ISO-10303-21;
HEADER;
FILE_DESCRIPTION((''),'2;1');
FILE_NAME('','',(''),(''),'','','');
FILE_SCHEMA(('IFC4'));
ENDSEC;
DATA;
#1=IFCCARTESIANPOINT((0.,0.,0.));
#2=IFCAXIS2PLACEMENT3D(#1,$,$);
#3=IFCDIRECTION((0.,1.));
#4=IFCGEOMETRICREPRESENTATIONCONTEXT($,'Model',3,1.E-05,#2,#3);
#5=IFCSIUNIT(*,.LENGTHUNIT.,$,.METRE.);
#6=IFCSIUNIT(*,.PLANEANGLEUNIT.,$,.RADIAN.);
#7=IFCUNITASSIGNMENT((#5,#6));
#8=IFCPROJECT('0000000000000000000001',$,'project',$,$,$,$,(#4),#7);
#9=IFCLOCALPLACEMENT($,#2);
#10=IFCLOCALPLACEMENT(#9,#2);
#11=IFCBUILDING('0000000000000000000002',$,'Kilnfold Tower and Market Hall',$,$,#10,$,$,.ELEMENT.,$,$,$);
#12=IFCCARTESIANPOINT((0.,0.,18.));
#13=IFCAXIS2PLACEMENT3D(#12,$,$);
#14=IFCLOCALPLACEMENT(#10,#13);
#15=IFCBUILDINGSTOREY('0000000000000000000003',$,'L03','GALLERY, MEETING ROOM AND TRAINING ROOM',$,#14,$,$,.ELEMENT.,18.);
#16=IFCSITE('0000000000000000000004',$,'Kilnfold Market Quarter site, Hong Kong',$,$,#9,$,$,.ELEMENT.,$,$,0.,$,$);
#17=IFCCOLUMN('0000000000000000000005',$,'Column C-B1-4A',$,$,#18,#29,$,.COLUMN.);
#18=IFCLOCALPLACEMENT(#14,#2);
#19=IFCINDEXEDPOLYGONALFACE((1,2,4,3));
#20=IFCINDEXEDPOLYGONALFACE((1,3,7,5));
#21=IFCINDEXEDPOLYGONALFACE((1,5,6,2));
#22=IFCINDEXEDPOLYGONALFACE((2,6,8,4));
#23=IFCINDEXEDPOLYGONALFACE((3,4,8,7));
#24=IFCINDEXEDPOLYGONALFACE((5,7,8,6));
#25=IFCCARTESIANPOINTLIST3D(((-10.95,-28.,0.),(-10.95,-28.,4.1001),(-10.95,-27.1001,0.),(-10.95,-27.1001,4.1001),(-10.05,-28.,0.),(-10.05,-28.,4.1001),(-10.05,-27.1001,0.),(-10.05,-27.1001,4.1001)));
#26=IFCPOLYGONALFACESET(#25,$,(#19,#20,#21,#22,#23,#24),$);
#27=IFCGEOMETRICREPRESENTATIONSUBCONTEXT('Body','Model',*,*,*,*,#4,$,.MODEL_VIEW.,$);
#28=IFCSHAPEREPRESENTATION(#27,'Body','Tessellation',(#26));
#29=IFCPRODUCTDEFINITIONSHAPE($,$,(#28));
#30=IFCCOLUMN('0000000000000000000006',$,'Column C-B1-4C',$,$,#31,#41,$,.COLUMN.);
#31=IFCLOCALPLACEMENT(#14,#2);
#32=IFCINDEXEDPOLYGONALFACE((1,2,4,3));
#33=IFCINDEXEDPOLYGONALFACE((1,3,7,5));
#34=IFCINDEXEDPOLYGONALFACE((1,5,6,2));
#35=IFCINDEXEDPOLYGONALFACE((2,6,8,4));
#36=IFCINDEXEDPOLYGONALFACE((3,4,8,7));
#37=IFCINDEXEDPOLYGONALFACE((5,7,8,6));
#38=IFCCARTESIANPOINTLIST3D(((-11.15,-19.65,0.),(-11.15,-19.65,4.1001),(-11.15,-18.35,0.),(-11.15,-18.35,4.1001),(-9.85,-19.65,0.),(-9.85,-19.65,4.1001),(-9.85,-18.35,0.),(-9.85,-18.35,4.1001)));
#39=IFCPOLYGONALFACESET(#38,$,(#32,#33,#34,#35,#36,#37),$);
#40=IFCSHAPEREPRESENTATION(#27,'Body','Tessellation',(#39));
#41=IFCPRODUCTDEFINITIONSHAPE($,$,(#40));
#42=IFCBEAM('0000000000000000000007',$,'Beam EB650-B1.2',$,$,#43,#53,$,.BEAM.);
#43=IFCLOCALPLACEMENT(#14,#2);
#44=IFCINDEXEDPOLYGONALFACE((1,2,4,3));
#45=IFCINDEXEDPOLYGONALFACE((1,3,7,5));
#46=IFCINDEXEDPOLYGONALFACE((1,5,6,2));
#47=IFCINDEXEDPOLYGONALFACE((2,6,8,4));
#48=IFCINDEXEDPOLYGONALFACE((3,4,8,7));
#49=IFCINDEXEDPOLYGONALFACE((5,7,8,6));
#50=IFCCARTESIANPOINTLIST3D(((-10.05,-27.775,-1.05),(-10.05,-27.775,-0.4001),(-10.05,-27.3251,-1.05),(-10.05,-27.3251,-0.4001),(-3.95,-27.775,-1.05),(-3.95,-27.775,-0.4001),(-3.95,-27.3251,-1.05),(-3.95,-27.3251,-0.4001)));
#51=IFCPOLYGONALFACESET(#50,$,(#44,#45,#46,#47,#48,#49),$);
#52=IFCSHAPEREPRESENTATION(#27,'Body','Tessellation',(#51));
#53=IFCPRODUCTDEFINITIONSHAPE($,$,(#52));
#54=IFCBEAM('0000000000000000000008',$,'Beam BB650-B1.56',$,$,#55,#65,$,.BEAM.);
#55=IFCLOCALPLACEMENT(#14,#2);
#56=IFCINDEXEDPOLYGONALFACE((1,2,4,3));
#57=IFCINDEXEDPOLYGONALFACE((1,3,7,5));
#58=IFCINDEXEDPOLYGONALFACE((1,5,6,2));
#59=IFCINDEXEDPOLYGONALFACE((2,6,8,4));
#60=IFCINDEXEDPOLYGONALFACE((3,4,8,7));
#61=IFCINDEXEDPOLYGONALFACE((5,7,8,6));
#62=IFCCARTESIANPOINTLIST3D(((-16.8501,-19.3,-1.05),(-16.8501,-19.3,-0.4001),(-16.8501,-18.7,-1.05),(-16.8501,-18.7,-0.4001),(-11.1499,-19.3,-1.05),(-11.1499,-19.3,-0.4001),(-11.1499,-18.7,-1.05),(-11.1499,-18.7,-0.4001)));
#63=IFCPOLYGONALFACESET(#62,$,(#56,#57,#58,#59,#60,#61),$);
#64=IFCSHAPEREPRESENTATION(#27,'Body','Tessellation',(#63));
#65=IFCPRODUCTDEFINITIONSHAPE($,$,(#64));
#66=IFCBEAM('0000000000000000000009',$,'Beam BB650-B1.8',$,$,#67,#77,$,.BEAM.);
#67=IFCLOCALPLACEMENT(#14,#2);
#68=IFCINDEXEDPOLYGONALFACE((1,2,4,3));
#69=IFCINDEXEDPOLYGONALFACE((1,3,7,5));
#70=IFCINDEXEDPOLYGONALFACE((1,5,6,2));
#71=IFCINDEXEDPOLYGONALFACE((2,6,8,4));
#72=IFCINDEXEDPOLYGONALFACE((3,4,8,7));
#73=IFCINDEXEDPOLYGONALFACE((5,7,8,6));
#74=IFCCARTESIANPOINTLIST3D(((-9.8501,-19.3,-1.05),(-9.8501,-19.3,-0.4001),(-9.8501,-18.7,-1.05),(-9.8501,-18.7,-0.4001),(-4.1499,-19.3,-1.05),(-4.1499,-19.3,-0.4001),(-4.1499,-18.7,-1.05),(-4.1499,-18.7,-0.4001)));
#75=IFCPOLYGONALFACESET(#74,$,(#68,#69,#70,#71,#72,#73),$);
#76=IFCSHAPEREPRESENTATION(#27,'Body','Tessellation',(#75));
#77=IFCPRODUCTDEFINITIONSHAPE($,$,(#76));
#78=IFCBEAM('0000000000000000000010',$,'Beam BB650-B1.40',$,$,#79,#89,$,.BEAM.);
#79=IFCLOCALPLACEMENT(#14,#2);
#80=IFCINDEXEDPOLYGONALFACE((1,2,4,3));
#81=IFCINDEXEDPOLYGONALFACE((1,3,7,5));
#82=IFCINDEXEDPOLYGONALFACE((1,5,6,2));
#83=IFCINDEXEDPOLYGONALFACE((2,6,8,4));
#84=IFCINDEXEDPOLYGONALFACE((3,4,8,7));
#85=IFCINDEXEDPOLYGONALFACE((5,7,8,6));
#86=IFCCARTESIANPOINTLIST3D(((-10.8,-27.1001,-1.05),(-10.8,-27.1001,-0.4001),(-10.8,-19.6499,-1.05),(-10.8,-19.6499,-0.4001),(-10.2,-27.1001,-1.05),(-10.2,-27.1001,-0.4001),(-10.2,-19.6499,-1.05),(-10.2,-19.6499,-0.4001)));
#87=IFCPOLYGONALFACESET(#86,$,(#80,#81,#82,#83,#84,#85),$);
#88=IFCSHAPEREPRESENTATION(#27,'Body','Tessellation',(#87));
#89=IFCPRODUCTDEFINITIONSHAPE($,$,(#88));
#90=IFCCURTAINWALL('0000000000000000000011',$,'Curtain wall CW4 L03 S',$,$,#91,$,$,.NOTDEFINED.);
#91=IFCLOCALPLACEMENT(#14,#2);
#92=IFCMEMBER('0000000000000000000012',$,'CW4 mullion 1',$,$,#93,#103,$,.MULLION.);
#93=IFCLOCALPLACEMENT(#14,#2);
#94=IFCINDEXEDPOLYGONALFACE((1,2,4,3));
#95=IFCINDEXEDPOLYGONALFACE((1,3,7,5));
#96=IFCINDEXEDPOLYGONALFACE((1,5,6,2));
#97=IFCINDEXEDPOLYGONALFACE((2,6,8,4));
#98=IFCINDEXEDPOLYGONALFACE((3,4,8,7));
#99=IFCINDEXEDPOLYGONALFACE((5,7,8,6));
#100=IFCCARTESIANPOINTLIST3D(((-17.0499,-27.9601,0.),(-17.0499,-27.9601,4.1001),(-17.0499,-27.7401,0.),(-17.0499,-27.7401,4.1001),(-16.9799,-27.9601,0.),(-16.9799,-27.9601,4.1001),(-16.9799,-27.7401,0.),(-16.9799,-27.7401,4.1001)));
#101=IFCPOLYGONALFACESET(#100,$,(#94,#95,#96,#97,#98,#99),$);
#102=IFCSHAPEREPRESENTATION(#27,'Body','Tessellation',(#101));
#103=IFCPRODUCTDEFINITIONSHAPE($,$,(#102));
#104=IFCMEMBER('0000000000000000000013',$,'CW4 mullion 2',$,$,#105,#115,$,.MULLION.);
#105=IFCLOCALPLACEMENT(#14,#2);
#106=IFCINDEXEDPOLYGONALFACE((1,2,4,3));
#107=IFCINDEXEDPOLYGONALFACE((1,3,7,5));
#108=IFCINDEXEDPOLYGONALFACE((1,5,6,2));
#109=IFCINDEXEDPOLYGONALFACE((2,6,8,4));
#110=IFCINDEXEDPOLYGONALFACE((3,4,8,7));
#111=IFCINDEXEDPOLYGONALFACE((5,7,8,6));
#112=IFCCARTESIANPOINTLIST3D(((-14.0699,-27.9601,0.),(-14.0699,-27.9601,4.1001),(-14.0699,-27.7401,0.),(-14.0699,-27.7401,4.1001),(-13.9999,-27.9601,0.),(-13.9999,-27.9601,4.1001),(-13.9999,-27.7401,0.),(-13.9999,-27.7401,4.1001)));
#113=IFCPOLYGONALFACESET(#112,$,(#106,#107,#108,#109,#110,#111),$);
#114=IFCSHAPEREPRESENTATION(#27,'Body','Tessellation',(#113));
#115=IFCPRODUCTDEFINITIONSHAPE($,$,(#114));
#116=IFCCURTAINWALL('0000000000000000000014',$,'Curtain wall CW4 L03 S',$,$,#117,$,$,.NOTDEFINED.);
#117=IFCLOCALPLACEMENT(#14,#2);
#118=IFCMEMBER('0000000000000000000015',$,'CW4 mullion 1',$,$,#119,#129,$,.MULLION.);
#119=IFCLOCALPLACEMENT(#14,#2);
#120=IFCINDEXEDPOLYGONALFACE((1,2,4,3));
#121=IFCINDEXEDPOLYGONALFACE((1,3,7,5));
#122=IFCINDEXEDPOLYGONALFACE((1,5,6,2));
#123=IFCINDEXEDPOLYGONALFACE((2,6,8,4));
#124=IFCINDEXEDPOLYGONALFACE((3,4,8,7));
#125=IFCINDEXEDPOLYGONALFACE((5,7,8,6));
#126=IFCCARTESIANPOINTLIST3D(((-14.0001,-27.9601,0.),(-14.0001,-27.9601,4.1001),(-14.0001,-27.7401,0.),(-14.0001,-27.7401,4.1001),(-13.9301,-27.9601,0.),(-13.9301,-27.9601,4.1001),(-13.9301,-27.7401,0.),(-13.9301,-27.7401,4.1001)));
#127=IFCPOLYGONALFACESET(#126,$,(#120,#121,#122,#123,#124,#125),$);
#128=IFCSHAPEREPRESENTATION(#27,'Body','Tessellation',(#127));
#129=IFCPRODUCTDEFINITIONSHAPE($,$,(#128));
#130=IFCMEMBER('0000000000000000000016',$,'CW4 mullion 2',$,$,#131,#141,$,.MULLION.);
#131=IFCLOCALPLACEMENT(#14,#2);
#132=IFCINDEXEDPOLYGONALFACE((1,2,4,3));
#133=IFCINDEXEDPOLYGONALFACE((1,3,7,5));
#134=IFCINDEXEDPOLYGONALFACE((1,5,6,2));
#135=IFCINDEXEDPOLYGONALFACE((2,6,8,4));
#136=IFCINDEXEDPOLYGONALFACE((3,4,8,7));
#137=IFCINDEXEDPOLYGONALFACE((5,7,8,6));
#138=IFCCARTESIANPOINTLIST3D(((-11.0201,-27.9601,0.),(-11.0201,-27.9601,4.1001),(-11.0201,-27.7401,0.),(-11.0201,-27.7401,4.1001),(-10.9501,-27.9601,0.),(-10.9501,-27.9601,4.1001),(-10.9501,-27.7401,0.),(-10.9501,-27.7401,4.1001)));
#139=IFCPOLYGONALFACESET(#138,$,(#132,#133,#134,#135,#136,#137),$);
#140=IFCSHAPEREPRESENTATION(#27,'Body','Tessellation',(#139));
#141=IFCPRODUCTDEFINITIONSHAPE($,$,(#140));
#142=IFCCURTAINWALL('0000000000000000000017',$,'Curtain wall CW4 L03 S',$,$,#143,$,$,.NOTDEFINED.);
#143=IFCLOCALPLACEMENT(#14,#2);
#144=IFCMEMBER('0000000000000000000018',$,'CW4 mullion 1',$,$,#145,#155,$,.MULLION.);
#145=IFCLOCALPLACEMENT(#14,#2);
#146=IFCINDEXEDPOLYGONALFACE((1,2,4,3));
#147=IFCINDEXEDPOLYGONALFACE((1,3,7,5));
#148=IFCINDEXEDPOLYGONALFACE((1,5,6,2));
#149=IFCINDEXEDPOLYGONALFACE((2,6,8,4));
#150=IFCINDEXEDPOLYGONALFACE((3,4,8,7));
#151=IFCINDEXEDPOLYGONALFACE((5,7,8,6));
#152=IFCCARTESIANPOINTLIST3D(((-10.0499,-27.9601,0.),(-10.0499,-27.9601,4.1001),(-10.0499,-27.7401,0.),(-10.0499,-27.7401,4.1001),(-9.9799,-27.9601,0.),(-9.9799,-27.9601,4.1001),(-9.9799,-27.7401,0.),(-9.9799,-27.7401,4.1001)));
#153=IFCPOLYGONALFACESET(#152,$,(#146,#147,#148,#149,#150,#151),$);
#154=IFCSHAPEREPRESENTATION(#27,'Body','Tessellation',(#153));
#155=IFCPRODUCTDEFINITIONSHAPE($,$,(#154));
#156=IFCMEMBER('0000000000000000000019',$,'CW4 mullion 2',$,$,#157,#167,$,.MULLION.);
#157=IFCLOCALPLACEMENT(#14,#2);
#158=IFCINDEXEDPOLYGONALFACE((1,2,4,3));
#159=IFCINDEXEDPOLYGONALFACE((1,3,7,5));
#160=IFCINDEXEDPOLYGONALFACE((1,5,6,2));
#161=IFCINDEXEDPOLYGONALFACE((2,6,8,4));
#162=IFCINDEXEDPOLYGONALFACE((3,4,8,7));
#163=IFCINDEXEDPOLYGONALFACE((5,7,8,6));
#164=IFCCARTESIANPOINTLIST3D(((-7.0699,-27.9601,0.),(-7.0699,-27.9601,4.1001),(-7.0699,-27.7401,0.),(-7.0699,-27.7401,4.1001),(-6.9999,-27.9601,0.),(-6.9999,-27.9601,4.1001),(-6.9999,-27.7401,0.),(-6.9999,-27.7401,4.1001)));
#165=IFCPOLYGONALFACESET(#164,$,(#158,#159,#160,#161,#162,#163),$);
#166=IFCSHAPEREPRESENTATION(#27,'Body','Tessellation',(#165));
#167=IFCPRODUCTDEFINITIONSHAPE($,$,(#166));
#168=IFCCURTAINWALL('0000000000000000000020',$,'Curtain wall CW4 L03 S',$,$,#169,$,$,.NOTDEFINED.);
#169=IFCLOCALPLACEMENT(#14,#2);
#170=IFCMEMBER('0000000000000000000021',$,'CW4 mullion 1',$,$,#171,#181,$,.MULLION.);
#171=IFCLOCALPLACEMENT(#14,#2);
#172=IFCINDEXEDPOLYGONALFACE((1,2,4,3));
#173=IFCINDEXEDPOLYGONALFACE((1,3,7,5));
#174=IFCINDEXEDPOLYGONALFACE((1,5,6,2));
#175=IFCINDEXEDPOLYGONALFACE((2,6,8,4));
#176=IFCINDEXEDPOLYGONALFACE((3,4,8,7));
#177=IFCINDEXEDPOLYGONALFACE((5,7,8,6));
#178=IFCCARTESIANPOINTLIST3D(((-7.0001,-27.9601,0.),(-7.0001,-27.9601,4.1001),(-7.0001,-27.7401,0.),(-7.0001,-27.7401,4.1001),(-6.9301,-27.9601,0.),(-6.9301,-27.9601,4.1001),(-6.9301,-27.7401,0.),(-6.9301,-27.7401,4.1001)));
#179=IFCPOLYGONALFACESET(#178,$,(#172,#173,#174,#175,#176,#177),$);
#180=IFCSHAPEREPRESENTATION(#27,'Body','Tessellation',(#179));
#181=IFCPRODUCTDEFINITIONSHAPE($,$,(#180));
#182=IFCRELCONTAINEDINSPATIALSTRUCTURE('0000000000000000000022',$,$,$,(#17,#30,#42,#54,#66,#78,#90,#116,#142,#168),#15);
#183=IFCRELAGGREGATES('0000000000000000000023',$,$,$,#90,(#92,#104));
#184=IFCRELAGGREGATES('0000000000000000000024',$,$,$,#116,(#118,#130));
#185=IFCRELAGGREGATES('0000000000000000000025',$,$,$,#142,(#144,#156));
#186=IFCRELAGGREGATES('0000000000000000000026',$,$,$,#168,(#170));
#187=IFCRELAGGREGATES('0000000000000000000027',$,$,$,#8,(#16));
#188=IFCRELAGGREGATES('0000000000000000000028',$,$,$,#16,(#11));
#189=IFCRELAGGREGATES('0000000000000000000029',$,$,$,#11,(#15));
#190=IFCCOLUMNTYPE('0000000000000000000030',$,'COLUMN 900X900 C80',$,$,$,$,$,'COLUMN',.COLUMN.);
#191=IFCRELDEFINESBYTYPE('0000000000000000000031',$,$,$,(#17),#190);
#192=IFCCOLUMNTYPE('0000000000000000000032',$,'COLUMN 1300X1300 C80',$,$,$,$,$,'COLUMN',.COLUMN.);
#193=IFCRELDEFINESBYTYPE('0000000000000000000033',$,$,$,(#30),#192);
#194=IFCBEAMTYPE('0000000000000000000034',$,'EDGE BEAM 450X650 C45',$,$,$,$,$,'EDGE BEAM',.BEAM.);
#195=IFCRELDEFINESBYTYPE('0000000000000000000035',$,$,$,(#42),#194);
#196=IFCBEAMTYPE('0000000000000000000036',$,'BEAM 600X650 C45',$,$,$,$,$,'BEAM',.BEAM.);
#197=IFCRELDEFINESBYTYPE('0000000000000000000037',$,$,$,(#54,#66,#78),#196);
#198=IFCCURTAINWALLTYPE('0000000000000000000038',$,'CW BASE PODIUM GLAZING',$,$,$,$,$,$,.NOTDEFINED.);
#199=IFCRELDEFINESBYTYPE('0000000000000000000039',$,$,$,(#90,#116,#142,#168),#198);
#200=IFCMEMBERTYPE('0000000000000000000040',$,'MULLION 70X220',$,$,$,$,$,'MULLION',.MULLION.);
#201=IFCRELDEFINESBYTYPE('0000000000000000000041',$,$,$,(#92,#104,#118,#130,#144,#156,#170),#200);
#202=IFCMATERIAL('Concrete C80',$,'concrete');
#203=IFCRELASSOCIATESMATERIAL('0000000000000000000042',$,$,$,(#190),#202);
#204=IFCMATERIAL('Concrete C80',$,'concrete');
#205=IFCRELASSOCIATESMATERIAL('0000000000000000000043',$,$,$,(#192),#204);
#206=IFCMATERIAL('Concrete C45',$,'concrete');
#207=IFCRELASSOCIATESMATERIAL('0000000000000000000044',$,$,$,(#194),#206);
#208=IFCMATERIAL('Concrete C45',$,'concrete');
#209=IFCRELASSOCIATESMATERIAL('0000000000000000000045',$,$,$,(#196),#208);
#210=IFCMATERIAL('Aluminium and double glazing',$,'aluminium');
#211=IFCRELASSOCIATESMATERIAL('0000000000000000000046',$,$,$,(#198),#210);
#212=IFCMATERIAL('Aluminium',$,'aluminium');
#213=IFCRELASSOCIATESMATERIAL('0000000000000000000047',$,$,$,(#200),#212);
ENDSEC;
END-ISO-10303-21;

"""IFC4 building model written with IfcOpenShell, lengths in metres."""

from ifc_helpers import new_model, si_unit, direction, frame, origin, origin_2d, place, context, subcontext, project, spatial, rectangle, extrude, source, transform, mapped, material, material_profile, profile_set, type_object, element, aggregate, save


model = new_model("IFC4")

# Units and contexts
model_context = context("Model", 3, precision=1e-05, world=origin(), true_north=direction((0.0, 1.0)))
body_context = subcontext(model_context, "Body", "Model", "MODEL_VIEW")
ifc_project = project(units=[si_unit("LENGTHUNIT", "METRE"), si_unit("PLANEANGLEUNIT", "RADIAN")], contexts=[model_context])

# Site, building, storey
site_placement = place(None, origin())
site = spatial("IfcSite", under=ifc_project, at=site_placement, Name="Kilnfold Market Quarter site, Hong Kong", CompositionType="ELEMENT", RefElevation=0.0)
building_placement = place(site_placement, origin())
building = spatial("IfcBuilding", under=site, at=building_placement, Name="Kilnfold Tower and Market Hall", CompositionType="ELEMENT")
storey_placement = place(building_placement, frame((0.0, 0.0, 18.0)))
storey = spatial("IfcBuildingStorey", under=building, at=storey_placement, Name="L03", Description="GALLERY, MEETING ROOM AND TRAINING ROOM", CompositionType="ELEMENT", Elevation=18.0)

# Columns
ifc_material_1 = material(Name="Concrete C80", Category="concrete")
ifc_material_profile_1 = material_profile(ifc_material_1, rectangle(XDim=0.8999, YDim=0.8999, at=origin_2d()), Name="RC 900x900")
ifc_profile_set_1 = profile_set([ifc_material_profile_1], Name="Concrete C80")
column_type_1 = type_object("IfcColumnType", Name="COLUMN 900X900 C80", ElementType="COLUMN", PredefinedType="COLUMN", material=ifc_profile_set_1)
shared_shape_1 = source(origin(), body_context, "Body", "SweptSolid", [
    extrude(rectangle(XDim=0.8999, YDim=0.8999, at=origin_2d()), origin(), (0.0, 0.0, 1.0), 4.1001),
])
column_1_placement = place(storey_placement, frame((-10.5, -27.55, 0.0), z_axis=(0.0, 0.0, 1.0), x_axis=(1.0, 0.0, 0.0)))
element("IfcColumn", 1, at=column_1_placement, inside=storey, type_object=column_type_1, Name="Column C-B1-4A", PredefinedType="COLUMN", context=body_context, shape_type="MappedRepresentation", body=[
    mapped(shared_shape_1, transform((0.0, 0.0, 0.0))),
])
ifc_material_2 = material(Name="Concrete C80", Category="concrete")
ifc_material_profile_2 = material_profile(ifc_material_2, rectangle(XDim=1.3, YDim=1.3, at=origin_2d()), Name="RC 1300x1300")
ifc_profile_set_2 = profile_set([ifc_material_profile_2], Name="Concrete C80")
column_type_2 = type_object("IfcColumnType", Name="COLUMN 1300X1300 C80", ElementType="COLUMN", PredefinedType="COLUMN", material=ifc_profile_set_2)
shared_shape_2 = source(origin(), body_context, "Body", "SweptSolid", [
    extrude(rectangle(XDim=1.3, YDim=1.3, at=origin_2d()), origin(), (0.0, 0.0, 1.0), 4.1001),
])
column_2_placement = place(storey_placement, frame((-10.5, -19.0, 0.0), z_axis=(0.0, 0.0, 1.0), x_axis=(1.0, 0.0, 0.0)))
element("IfcColumn", 2, at=column_2_placement, inside=storey, type_object=column_type_2, Name="Column C-B1-4C", PredefinedType="COLUMN", context=body_context, shape_type="MappedRepresentation", body=[
    mapped(shared_shape_2, transform((0.0, 0.0, 0.0))),
])

# Beams
ifc_material_3 = material(Name="Concrete C45", Category="concrete")
ifc_material_profile_3 = material_profile(ifc_material_3, rectangle(XDim=0.45, YDim=0.6499, at=origin_2d()), Name="RC 450x650")
ifc_profile_set_3 = profile_set([ifc_material_profile_3], Name="Concrete C45")
beam_type_1 = type_object("IfcBeamType", Name="EDGE BEAM 450X650 C45", ElementType="EDGE BEAM", PredefinedType="BEAM", material=ifc_profile_set_3)
shared_shape_3 = source(origin(), body_context, "Body", "SweptSolid", [
    extrude(rectangle(XDim=0.45, YDim=0.6499, at=origin_2d()), origin(), (0.0, 0.0, 1.0), 6.1001),
])
beam_1_placement = place(storey_placement, frame((-10.05, -27.55, -0.7251), z_axis=(1.0, 0.0, 0.0), x_axis=(0.0, 1.0, 0.0)))
element("IfcBeam", 3, at=beam_1_placement, inside=storey, type_object=beam_type_1, Name="Beam EB650-B1.2", PredefinedType="BEAM", context=body_context, shape_type="MappedRepresentation", body=[
    mapped(shared_shape_3, transform((0.0, 0.0, 0.0))),
])
ifc_material_4 = material(Name="Concrete C45", Category="concrete")
ifc_material_profile_4 = material_profile(ifc_material_4, rectangle(XDim=0.6001, YDim=0.6499, at=origin_2d()), Name="RC 600x650")
ifc_profile_set_4 = profile_set([ifc_material_profile_4], Name="Concrete C45")
beam_type_2 = type_object("IfcBeamType", Name="BEAM 600X650 C45", ElementType="BEAM", PredefinedType="BEAM", material=ifc_profile_set_4)
shared_shape_4 = source(origin(), body_context, "Body", "SweptSolid", [
    extrude(rectangle(XDim=0.6001, YDim=0.6499, at=origin_2d()), origin(), (0.0, 0.0, 1.0), 5.7002),
])
for number, where, z_axis, x_axis, name in (
    (4, (-16.8501, -19.0, -0.7251), (1.0, 0.0, 0.0), (0.0, 1.0, 0.0), "Beam BB650-B1.56"),
    (5, (-9.8501, -19.0, -0.7251), (1.0, 0.0, 0.0), (0.0, 1.0, 0.0), "Beam BB650-B1.8"),
):
    element("IfcBeam", number, at=place(storey_placement, frame(where, z_axis=z_axis, x_axis=x_axis)), inside=storey, type_object=beam_type_2, Name=name, PredefinedType="BEAM", context=body_context, shape_type="MappedRepresentation", body=[
        mapped(shared_shape_4, transform((0.0, 0.0, 0.0))),
    ])
shared_shape_5 = source(origin(), body_context, "Body", "SweptSolid", [
    extrude(rectangle(XDim=0.6001, YDim=0.6499, at=origin_2d()), origin(), (0.0, 0.0, 1.0), 7.4502),
])
beam_2_placement = place(storey_placement, frame((-10.5, -27.1001, -0.7251), z_axis=(0.0, 1.0, 0.0), x_axis=(-1.0, 0.0, 0.0)))
element("IfcBeam", 6, at=beam_2_placement, inside=storey, type_object=beam_type_2, Name="Beam BB650-B1.40", PredefinedType="BEAM", context=body_context, shape_type="MappedRepresentation", body=[
    mapped(shared_shape_5, transform((0.0, 0.0, 0.0))),
])

# Curtain walls, members
ifc_material_5 = material(Name="Aluminium and double glazing", Category="aluminium")
curtain_wall_type = type_object("IfcCurtainWallType", Name="CW BASE PODIUM GLAZING", PredefinedType="NOTDEFINED", material=ifc_material_5)
curtain_wall_1_placement = place(storey_placement, origin())
curtain_wall_1 = element("IfcCurtainWall", 7, at=curtain_wall_1_placement, inside=storey, type_object=curtain_wall_type, Name="Curtain wall CW4 L03 S", PredefinedType="NOTDEFINED")
ifc_material_6 = material(Name="Aluminium", Category="aluminium")
ifc_material_profile_5 = material_profile(ifc_material_6, rectangle(XDim=0.0701, YDim=0.22, at=origin_2d()), Name="MULLION 70x220")
ifc_profile_set_5 = profile_set([ifc_material_profile_5], Name="Aluminium")
member_type_1 = type_object("IfcMemberType", Name="MULLION 70X220", ElementType="MULLION", PredefinedType="MULLION", material=ifc_profile_set_5)
shared_shape_6 = source(origin(), body_context, "Body", "SweptSolid", [
    extrude(rectangle(XDim=0.0701, YDim=0.22, at=origin_2d()), origin(), (0.0, 0.0, 1.0), 4.1001),
])
member_1_placement = place(storey_placement, frame((-17.0149, -27.8501, 0.0), z_axis=(0.0, 0.0, 1.0), x_axis=(1.0, 0.0, 0.0)))
member_1 = element("IfcMember", 8, at=member_1_placement, type_object=member_type_1, Name="CW4 mullion 1", PredefinedType="MULLION", context=body_context, shape_type="MappedRepresentation", body=[
    mapped(shared_shape_6, transform((0.0, 0.0, 0.0))),
])
member_2_placement = place(storey_placement, frame((-14.0349, -27.8501, 0.0), z_axis=(0.0, 0.0, 1.0), x_axis=(1.0, 0.0, 0.0)))
member_2 = element("IfcMember", 9, at=member_2_placement, type_object=member_type_1, Name="CW4 mullion 2", PredefinedType="MULLION", context=body_context, shape_type="MappedRepresentation", body=[
    mapped(shared_shape_6, transform((0.0, 0.0, 0.0))),
])
curtain_wall_2_placement = place(storey_placement, origin())
curtain_wall_2 = element("IfcCurtainWall", 10, at=curtain_wall_2_placement, inside=storey, type_object=curtain_wall_type, Name="Curtain wall CW4 L03 S", PredefinedType="NOTDEFINED")
member_3_placement = place(storey_placement, frame((-13.9651, -27.8501, 0.0), z_axis=(0.0, 0.0, 1.0), x_axis=(1.0, 0.0, 0.0)))
member_3 = element("IfcMember", 11, at=member_3_placement, type_object=member_type_1, Name="CW4 mullion 1", PredefinedType="MULLION", context=body_context, shape_type="MappedRepresentation", body=[
    mapped(shared_shape_6, transform((0.0, 0.0, 0.0))),
])
member_4_placement = place(storey_placement, frame((-10.9851, -27.8501, 0.0), z_axis=(0.0, 0.0, 1.0), x_axis=(1.0, 0.0, 0.0)))
member_4 = element("IfcMember", 12, at=member_4_placement, type_object=member_type_1, Name="CW4 mullion 2", PredefinedType="MULLION", context=body_context, shape_type="MappedRepresentation", body=[
    mapped(shared_shape_6, transform((0.0, 0.0, 0.0))),
])
curtain_wall_3_placement = place(storey_placement, origin())
curtain_wall_3 = element("IfcCurtainWall", 13, at=curtain_wall_3_placement, inside=storey, type_object=curtain_wall_type, Name="Curtain wall CW4 L03 S", PredefinedType="NOTDEFINED")
member_5_placement = place(storey_placement, frame((-10.0149, -27.8501, 0.0), z_axis=(0.0, 0.0, 1.0), x_axis=(1.0, 0.0, 0.0)))
member_5 = element("IfcMember", 14, at=member_5_placement, type_object=member_type_1, Name="CW4 mullion 1", PredefinedType="MULLION", context=body_context, shape_type="MappedRepresentation", body=[
    mapped(shared_shape_6, transform((0.0, 0.0, 0.0))),
])
member_6_placement = place(storey_placement, frame((-7.0349, -27.8501, 0.0), z_axis=(0.0, 0.0, 1.0), x_axis=(1.0, 0.0, 0.0)))
member_6 = element("IfcMember", 15, at=member_6_placement, type_object=member_type_1, Name="CW4 mullion 2", PredefinedType="MULLION", context=body_context, shape_type="MappedRepresentation", body=[
    mapped(shared_shape_6, transform((0.0, 0.0, 0.0))),
])

# Curtain wall, member
curtain_wall_4_placement = place(storey_placement, origin())
curtain_wall_4 = element("IfcCurtainWall", 16, at=curtain_wall_4_placement, inside=storey, type_object=curtain_wall_type, Name="Curtain wall CW4 L03 S", PredefinedType="NOTDEFINED")
member_7_placement = place(storey_placement, frame((-6.9651, -27.8501, 0.0), z_axis=(0.0, 0.0, 1.0), x_axis=(1.0, 0.0, 0.0)))
member_7 = element("IfcMember", 17, at=member_7_placement, type_object=member_type_1, Name="CW4 mullion 1", PredefinedType="MULLION", context=body_context, shape_type="MappedRepresentation", body=[
    mapped(shared_shape_6, transform((0.0, 0.0, 0.0))),
])

aggregate(curtain_wall_1, [member_1, member_2])
aggregate(curtain_wall_2, [member_3, member_4])
aggregate(curtain_wall_3, [member_5, member_6])
aggregate(curtain_wall_4, [member_7])

save(model, "model.ifc")
